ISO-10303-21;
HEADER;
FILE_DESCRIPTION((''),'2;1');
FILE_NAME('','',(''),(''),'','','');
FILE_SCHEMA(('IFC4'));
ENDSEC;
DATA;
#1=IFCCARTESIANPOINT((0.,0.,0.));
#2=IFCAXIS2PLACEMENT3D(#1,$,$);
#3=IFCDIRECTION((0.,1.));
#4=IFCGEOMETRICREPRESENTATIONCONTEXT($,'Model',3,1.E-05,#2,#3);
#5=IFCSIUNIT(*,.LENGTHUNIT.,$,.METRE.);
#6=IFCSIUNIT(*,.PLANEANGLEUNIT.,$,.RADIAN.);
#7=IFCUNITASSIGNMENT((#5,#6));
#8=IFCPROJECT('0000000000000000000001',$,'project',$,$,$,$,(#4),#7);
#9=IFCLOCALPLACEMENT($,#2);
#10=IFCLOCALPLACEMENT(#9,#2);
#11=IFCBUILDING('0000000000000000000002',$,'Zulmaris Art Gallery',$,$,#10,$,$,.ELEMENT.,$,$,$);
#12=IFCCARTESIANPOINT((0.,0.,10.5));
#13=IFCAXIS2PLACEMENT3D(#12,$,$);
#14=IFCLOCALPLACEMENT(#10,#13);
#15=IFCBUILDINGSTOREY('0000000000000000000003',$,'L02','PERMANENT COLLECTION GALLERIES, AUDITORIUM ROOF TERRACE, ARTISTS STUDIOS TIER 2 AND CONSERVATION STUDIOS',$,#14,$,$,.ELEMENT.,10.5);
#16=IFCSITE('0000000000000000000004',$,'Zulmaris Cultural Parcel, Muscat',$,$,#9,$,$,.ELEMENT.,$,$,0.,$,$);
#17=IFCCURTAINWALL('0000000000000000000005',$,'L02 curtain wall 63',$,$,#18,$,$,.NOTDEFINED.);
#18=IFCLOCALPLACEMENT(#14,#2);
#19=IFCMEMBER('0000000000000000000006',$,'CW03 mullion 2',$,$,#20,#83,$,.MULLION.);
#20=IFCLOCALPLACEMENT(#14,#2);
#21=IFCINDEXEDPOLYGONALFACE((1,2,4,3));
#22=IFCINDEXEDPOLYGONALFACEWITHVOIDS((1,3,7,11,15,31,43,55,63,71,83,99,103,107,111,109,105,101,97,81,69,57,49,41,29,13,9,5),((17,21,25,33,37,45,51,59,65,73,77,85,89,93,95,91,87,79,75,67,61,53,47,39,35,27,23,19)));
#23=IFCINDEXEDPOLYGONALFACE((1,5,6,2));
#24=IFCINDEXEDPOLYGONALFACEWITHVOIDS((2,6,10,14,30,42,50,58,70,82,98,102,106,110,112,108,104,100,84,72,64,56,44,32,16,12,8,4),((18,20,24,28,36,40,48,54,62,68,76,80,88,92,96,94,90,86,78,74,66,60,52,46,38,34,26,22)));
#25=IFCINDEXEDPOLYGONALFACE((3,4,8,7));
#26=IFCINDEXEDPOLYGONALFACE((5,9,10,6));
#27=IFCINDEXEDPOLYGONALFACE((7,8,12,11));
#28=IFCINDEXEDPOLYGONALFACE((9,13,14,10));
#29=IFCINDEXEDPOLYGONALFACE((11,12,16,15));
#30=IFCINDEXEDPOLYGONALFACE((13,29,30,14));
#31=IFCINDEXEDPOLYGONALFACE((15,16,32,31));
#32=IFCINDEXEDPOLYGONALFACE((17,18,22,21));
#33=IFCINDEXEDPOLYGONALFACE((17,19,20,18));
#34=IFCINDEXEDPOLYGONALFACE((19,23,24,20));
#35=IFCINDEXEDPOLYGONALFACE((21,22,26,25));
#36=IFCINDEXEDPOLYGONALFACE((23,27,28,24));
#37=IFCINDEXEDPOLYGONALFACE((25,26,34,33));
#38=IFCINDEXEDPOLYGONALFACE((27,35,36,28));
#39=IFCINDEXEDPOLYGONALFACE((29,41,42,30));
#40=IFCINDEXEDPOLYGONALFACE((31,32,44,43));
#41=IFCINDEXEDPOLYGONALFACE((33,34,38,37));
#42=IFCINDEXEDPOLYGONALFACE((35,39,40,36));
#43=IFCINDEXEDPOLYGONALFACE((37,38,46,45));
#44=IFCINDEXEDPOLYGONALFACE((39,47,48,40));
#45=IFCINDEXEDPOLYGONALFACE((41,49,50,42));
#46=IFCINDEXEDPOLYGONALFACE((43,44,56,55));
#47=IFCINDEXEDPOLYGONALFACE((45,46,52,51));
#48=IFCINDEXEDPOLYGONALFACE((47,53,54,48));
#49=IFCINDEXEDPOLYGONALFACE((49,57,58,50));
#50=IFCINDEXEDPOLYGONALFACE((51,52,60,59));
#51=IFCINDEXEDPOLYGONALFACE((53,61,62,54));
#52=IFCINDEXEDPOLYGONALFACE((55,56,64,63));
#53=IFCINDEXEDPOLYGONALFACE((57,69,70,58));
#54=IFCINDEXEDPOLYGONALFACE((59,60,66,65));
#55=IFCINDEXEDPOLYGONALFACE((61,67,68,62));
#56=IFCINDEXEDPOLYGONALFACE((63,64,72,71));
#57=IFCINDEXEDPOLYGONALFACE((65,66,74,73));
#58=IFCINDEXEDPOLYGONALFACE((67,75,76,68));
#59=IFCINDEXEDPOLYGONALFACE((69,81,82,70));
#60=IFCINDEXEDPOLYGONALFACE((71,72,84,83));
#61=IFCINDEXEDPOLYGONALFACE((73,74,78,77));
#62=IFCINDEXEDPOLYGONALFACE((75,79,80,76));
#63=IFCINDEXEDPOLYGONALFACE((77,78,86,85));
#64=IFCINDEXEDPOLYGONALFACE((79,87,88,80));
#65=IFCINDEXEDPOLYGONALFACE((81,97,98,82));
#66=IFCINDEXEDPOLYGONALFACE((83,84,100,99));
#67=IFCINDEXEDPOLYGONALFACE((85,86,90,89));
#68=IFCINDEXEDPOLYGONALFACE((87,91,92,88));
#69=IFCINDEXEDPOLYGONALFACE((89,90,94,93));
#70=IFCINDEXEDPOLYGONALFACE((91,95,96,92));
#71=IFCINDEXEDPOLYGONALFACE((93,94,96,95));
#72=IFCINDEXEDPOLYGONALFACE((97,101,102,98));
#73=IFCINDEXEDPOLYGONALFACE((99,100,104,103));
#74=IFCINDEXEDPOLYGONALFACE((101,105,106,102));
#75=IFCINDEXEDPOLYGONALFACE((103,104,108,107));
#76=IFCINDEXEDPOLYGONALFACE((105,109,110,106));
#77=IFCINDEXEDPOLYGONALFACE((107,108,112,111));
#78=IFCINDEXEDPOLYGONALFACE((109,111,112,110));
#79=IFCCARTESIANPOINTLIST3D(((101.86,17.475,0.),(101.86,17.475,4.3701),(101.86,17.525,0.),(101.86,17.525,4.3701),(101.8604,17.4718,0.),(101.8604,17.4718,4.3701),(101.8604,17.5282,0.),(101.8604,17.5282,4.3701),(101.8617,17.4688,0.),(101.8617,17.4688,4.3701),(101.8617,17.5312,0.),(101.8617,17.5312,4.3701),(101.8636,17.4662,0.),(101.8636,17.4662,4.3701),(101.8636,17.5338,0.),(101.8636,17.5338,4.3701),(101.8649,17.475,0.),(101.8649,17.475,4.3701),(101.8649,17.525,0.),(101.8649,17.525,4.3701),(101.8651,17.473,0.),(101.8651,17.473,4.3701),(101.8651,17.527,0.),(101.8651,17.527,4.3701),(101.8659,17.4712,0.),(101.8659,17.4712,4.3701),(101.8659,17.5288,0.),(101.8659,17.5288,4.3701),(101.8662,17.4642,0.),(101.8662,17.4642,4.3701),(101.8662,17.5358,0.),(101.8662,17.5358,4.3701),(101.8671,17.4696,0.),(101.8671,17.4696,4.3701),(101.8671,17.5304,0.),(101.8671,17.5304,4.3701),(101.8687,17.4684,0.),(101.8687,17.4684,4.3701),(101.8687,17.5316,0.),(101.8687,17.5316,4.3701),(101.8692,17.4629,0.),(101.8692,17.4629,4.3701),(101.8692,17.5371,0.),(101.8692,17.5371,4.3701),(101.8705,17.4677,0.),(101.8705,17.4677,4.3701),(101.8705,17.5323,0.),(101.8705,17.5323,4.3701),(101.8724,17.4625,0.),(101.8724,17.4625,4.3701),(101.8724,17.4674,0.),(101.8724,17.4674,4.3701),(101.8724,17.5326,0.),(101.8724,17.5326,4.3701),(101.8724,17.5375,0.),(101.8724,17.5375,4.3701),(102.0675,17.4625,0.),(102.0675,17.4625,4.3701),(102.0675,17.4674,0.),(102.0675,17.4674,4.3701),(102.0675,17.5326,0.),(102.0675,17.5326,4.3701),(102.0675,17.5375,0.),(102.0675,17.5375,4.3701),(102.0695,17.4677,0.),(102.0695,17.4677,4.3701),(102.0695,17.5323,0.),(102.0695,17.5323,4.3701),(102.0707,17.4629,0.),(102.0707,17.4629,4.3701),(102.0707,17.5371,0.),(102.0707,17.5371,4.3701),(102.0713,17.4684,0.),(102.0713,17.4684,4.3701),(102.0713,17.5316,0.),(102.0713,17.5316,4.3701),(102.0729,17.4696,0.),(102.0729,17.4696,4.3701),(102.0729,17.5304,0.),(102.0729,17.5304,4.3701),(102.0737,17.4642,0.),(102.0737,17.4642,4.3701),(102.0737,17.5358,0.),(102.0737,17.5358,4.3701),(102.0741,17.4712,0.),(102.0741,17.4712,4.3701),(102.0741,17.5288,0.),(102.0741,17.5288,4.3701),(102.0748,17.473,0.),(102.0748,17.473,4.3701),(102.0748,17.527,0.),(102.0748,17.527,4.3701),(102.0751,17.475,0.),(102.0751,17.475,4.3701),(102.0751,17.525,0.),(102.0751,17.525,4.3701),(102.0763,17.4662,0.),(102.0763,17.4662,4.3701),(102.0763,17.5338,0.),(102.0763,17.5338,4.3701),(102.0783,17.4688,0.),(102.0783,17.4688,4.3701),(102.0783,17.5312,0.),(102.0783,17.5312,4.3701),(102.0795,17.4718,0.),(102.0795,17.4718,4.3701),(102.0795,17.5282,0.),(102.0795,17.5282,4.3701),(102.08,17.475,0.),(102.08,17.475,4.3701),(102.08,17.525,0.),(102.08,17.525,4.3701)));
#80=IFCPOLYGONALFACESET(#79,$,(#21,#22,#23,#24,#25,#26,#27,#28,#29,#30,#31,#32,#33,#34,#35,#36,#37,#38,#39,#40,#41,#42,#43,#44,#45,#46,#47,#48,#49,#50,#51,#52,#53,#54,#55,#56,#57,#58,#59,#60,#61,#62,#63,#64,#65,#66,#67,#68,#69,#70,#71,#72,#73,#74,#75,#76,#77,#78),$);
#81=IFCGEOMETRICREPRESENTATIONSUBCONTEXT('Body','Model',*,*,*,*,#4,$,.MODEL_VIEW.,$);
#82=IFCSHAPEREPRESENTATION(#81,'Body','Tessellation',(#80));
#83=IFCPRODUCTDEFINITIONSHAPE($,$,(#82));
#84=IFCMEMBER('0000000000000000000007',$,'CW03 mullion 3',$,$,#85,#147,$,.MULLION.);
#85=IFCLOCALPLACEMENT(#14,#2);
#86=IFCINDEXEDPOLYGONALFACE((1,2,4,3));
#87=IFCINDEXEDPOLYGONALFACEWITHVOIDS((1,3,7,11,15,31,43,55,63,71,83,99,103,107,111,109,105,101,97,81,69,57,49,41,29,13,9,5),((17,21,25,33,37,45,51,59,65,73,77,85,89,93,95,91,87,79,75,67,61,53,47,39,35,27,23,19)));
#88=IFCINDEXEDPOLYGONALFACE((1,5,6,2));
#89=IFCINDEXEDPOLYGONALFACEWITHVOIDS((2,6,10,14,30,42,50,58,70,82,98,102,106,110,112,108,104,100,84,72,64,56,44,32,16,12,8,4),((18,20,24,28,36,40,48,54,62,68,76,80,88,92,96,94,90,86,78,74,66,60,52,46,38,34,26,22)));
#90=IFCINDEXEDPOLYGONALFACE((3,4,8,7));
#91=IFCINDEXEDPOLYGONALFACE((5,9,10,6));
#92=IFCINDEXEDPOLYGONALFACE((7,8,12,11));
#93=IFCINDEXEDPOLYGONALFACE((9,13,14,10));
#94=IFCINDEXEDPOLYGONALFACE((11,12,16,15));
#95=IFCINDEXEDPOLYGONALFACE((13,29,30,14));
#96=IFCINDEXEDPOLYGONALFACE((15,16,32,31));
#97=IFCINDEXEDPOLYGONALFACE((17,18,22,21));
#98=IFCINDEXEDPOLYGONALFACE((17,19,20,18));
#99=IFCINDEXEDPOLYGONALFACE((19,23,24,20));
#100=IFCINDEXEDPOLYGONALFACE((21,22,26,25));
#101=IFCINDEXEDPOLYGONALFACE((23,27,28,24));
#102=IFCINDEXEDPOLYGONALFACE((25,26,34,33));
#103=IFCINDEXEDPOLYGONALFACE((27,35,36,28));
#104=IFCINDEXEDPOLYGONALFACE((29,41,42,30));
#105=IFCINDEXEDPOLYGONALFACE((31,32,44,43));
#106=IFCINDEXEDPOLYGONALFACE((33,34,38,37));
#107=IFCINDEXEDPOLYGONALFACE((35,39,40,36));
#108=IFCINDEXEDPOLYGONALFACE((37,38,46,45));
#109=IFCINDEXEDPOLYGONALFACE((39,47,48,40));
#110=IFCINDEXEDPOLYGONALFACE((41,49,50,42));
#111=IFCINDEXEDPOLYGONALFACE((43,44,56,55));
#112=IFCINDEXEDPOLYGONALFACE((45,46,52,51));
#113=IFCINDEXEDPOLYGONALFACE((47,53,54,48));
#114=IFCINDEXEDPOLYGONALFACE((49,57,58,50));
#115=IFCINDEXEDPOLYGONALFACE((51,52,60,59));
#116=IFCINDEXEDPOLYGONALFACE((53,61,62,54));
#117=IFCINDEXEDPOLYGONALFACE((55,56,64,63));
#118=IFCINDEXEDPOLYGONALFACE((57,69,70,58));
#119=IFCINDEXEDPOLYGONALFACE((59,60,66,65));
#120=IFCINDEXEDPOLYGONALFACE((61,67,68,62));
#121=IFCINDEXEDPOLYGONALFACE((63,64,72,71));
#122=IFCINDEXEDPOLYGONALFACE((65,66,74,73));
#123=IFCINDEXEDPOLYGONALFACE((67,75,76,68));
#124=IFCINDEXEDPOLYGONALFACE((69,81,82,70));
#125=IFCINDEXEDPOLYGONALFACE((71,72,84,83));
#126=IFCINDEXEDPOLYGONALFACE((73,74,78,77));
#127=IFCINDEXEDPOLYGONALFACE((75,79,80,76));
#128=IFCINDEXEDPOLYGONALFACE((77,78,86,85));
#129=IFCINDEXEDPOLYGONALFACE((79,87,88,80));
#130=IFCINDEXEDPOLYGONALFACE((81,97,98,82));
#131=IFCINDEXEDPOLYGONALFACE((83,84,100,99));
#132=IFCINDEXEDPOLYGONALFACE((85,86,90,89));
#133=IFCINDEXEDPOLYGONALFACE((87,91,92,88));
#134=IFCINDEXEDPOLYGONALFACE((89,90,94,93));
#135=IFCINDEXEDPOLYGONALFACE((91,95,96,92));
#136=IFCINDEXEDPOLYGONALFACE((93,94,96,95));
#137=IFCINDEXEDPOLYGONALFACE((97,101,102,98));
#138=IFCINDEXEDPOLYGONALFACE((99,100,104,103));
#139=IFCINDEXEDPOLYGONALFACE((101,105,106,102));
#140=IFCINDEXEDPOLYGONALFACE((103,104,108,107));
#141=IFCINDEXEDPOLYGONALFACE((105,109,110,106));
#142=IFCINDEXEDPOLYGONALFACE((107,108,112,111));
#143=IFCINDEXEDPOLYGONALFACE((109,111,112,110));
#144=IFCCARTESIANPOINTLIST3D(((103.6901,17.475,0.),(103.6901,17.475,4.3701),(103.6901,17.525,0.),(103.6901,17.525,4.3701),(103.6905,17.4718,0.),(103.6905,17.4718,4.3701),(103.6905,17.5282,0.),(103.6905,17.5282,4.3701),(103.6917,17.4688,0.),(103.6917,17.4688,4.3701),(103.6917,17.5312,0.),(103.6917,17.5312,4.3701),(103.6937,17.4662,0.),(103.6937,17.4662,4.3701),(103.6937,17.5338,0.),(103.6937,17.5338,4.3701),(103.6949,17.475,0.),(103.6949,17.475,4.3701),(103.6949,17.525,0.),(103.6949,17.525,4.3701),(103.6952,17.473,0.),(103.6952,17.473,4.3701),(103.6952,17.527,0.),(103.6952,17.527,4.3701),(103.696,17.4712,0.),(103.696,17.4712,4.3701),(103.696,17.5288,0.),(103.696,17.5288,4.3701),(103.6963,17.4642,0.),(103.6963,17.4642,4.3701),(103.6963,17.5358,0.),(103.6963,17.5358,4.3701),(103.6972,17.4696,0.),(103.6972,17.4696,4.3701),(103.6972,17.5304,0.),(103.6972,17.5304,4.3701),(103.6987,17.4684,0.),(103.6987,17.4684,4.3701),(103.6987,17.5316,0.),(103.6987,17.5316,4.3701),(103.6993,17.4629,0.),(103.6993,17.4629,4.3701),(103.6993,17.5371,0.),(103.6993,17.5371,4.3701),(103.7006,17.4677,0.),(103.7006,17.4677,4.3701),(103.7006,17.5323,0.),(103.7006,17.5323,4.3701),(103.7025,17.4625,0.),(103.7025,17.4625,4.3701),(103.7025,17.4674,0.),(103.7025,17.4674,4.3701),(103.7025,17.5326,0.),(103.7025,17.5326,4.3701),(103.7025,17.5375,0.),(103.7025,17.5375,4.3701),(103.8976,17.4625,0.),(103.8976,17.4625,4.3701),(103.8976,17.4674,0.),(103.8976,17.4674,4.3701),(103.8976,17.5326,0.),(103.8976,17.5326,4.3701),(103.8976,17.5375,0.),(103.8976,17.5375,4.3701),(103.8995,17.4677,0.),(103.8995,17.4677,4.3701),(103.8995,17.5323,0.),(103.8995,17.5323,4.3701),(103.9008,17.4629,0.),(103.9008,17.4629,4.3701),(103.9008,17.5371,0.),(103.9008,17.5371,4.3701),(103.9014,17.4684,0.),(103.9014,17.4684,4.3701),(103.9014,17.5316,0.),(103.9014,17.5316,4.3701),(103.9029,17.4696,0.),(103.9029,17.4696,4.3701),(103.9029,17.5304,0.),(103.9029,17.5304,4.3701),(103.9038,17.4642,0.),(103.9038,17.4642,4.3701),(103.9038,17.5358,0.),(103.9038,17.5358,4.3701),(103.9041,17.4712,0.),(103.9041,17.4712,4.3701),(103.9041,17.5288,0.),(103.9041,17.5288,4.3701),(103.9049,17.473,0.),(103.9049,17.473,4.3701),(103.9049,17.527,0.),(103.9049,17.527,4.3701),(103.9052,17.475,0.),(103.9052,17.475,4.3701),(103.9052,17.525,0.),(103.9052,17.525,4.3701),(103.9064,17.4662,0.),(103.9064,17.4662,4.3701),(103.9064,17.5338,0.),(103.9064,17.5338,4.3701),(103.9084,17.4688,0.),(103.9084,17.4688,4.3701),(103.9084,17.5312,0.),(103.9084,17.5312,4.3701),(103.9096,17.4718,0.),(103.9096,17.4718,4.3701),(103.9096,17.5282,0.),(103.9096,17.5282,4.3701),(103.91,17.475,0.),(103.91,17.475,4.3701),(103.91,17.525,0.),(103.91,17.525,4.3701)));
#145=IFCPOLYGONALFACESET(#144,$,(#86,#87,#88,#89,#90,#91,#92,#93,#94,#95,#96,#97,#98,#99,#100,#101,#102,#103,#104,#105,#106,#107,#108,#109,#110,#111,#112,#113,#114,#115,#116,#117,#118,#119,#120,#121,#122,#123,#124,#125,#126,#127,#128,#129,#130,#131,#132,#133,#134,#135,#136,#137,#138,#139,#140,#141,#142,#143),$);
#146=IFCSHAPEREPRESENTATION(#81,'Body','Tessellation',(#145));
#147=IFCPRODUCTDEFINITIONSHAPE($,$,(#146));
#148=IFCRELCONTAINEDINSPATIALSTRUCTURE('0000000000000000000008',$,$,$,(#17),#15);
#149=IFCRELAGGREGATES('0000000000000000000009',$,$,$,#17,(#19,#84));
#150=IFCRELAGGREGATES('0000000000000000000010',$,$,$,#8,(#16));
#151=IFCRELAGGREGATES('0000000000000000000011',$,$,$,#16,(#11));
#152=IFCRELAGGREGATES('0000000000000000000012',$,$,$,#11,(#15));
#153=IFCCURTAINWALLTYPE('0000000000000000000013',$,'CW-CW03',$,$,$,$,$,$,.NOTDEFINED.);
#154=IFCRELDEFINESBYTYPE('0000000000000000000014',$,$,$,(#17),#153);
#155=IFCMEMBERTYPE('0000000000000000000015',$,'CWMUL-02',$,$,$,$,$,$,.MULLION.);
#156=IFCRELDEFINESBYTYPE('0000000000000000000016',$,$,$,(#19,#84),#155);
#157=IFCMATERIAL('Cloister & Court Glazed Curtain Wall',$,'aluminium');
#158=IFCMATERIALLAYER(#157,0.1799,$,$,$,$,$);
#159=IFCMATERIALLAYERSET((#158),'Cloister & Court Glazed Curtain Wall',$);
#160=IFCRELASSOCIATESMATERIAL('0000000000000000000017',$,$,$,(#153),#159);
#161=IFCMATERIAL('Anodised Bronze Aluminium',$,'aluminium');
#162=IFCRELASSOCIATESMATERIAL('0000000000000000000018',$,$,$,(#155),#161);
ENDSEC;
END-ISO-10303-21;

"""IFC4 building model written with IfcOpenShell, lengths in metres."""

from ifc_helpers import new_model, si_unit, direction, frame, origin, origin_2d, place, context, subcontext, project, spatial, hollow_rectangle, extrude, material, layer, layer_set, material_profile, profile_set, type_object, element, aggregate, save


model = new_model("IFC4")

# Units and contexts
model_context = context("Model", 3, precision=1e-05, world=origin(), true_north=direction((0.0, 1.0)))
body_context = subcontext(model_context, "Body", "Model", "MODEL_VIEW")
ifc_project = project(units=[si_unit("LENGTHUNIT", "METRE"), si_unit("PLANEANGLEUNIT", "RADIAN")], contexts=[model_context])

# Site, building, storey
site_placement = place(None, origin())
site = spatial("IfcSite", under=ifc_project, at=site_placement, Name="Zulmaris Cultural Parcel, Muscat", CompositionType="ELEMENT", RefElevation=0.0)
building_placement = place(site_placement, origin())
building = spatial("IfcBuilding", under=site, at=building_placement, Name="Zulmaris Art Gallery", CompositionType="ELEMENT")
storey_placement = place(building_placement, frame((0.0, 0.0, 10.5)))
storey = spatial("IfcBuildingStorey", under=building, at=storey_placement, Name="L02", Description="PERMANENT COLLECTION GALLERIES, AUDITORIUM ROOF TERRACE, ARTISTS STUDIOS TIER 2 AND CONSERVATION STUDIOS", CompositionType="ELEMENT", Elevation=10.5)

# Shared definitions
ifc_material_1 = material(Name="Cloister & Court Glazed Curtain Wall", Category="aluminium")
ifc_layer_1 = layer(ifc_material_1, 0.1799)
ifc_layer_set_1 = layer_set([ifc_layer_1], Name="Cloister & Court Glazed Curtain Wall")
curtain_wall_type = type_object("IfcCurtainWallType", Name="CW-CW03", PredefinedType="NOTDEFINED", material=ifc_layer_set_1)
ifc_material_2 = material(Name="Anodised Bronze Aluminium", Category="aluminium")
ifc_material_profile_1 = material_profile(ifc_material_2, hollow_rectangle(XDim=0.075, YDim=0.22, WallThickness=0.0049, InnerFilletRadius=0.0076, OuterFilletRadius=0.0125, at=origin_2d()), Name="ALU 75x220x5")
ifc_profile_set_1 = profile_set([ifc_material_profile_1], Name="Anodised Bronze Aluminium")
member_type_1 = type_object("IfcMemberType", Name="CWMUL-02", PredefinedType="MULLION", material=ifc_profile_set_1)

# Curtain wall, members
curtain_wall_1_placement = place(storey_placement, origin())
curtain_wall_1 = element("IfcCurtainWall", 1, at=curtain_wall_1_placement, inside=storey, type_object=curtain_wall_type, Name="L02 curtain wall 63", PredefinedType="NOTDEFINED")
member_1_placement = place(storey_placement, frame((101.97, 17.5, 0.0), z_axis=(0.0, 0.0, 1.0), x_axis=(0.0, 1.0, 0.0)))
member_1 = element("IfcMember", 2, at=member_1_placement, type_object=member_type_1, Name="CW03 mullion 2", PredefinedType="MULLION", context=body_context, shape_type="SweptSolid", body=[
    extrude(hollow_rectangle(XDim=0.075, YDim=0.22, WallThickness=0.0049, InnerFilletRadius=0.0076, OuterFilletRadius=0.0125, at=origin_2d()), origin(), (0.0, 0.0, 1.0), 4.3701),
])
member_2_placement = place(storey_placement, frame((103.8, 17.5, 0.0), z_axis=(0.0, 0.0, 1.0), x_axis=(0.0, 1.0, 0.0)))
member_2 = element("IfcMember", 3, at=member_2_placement, type_object=member_type_1, Name="CW03 mullion 3", PredefinedType="MULLION", context=body_context, shape_type="SweptSolid", body=[
    extrude(hollow_rectangle(XDim=0.075, YDim=0.22, WallThickness=0.0049, InnerFilletRadius=0.0076, OuterFilletRadius=0.0125, at=origin_2d()), origin(), (0.0, 0.0, 1.0), 4.3701),
])
aggregate(curtain_wall_1, [member_1, member_2])

save(model, "model.ifc")
